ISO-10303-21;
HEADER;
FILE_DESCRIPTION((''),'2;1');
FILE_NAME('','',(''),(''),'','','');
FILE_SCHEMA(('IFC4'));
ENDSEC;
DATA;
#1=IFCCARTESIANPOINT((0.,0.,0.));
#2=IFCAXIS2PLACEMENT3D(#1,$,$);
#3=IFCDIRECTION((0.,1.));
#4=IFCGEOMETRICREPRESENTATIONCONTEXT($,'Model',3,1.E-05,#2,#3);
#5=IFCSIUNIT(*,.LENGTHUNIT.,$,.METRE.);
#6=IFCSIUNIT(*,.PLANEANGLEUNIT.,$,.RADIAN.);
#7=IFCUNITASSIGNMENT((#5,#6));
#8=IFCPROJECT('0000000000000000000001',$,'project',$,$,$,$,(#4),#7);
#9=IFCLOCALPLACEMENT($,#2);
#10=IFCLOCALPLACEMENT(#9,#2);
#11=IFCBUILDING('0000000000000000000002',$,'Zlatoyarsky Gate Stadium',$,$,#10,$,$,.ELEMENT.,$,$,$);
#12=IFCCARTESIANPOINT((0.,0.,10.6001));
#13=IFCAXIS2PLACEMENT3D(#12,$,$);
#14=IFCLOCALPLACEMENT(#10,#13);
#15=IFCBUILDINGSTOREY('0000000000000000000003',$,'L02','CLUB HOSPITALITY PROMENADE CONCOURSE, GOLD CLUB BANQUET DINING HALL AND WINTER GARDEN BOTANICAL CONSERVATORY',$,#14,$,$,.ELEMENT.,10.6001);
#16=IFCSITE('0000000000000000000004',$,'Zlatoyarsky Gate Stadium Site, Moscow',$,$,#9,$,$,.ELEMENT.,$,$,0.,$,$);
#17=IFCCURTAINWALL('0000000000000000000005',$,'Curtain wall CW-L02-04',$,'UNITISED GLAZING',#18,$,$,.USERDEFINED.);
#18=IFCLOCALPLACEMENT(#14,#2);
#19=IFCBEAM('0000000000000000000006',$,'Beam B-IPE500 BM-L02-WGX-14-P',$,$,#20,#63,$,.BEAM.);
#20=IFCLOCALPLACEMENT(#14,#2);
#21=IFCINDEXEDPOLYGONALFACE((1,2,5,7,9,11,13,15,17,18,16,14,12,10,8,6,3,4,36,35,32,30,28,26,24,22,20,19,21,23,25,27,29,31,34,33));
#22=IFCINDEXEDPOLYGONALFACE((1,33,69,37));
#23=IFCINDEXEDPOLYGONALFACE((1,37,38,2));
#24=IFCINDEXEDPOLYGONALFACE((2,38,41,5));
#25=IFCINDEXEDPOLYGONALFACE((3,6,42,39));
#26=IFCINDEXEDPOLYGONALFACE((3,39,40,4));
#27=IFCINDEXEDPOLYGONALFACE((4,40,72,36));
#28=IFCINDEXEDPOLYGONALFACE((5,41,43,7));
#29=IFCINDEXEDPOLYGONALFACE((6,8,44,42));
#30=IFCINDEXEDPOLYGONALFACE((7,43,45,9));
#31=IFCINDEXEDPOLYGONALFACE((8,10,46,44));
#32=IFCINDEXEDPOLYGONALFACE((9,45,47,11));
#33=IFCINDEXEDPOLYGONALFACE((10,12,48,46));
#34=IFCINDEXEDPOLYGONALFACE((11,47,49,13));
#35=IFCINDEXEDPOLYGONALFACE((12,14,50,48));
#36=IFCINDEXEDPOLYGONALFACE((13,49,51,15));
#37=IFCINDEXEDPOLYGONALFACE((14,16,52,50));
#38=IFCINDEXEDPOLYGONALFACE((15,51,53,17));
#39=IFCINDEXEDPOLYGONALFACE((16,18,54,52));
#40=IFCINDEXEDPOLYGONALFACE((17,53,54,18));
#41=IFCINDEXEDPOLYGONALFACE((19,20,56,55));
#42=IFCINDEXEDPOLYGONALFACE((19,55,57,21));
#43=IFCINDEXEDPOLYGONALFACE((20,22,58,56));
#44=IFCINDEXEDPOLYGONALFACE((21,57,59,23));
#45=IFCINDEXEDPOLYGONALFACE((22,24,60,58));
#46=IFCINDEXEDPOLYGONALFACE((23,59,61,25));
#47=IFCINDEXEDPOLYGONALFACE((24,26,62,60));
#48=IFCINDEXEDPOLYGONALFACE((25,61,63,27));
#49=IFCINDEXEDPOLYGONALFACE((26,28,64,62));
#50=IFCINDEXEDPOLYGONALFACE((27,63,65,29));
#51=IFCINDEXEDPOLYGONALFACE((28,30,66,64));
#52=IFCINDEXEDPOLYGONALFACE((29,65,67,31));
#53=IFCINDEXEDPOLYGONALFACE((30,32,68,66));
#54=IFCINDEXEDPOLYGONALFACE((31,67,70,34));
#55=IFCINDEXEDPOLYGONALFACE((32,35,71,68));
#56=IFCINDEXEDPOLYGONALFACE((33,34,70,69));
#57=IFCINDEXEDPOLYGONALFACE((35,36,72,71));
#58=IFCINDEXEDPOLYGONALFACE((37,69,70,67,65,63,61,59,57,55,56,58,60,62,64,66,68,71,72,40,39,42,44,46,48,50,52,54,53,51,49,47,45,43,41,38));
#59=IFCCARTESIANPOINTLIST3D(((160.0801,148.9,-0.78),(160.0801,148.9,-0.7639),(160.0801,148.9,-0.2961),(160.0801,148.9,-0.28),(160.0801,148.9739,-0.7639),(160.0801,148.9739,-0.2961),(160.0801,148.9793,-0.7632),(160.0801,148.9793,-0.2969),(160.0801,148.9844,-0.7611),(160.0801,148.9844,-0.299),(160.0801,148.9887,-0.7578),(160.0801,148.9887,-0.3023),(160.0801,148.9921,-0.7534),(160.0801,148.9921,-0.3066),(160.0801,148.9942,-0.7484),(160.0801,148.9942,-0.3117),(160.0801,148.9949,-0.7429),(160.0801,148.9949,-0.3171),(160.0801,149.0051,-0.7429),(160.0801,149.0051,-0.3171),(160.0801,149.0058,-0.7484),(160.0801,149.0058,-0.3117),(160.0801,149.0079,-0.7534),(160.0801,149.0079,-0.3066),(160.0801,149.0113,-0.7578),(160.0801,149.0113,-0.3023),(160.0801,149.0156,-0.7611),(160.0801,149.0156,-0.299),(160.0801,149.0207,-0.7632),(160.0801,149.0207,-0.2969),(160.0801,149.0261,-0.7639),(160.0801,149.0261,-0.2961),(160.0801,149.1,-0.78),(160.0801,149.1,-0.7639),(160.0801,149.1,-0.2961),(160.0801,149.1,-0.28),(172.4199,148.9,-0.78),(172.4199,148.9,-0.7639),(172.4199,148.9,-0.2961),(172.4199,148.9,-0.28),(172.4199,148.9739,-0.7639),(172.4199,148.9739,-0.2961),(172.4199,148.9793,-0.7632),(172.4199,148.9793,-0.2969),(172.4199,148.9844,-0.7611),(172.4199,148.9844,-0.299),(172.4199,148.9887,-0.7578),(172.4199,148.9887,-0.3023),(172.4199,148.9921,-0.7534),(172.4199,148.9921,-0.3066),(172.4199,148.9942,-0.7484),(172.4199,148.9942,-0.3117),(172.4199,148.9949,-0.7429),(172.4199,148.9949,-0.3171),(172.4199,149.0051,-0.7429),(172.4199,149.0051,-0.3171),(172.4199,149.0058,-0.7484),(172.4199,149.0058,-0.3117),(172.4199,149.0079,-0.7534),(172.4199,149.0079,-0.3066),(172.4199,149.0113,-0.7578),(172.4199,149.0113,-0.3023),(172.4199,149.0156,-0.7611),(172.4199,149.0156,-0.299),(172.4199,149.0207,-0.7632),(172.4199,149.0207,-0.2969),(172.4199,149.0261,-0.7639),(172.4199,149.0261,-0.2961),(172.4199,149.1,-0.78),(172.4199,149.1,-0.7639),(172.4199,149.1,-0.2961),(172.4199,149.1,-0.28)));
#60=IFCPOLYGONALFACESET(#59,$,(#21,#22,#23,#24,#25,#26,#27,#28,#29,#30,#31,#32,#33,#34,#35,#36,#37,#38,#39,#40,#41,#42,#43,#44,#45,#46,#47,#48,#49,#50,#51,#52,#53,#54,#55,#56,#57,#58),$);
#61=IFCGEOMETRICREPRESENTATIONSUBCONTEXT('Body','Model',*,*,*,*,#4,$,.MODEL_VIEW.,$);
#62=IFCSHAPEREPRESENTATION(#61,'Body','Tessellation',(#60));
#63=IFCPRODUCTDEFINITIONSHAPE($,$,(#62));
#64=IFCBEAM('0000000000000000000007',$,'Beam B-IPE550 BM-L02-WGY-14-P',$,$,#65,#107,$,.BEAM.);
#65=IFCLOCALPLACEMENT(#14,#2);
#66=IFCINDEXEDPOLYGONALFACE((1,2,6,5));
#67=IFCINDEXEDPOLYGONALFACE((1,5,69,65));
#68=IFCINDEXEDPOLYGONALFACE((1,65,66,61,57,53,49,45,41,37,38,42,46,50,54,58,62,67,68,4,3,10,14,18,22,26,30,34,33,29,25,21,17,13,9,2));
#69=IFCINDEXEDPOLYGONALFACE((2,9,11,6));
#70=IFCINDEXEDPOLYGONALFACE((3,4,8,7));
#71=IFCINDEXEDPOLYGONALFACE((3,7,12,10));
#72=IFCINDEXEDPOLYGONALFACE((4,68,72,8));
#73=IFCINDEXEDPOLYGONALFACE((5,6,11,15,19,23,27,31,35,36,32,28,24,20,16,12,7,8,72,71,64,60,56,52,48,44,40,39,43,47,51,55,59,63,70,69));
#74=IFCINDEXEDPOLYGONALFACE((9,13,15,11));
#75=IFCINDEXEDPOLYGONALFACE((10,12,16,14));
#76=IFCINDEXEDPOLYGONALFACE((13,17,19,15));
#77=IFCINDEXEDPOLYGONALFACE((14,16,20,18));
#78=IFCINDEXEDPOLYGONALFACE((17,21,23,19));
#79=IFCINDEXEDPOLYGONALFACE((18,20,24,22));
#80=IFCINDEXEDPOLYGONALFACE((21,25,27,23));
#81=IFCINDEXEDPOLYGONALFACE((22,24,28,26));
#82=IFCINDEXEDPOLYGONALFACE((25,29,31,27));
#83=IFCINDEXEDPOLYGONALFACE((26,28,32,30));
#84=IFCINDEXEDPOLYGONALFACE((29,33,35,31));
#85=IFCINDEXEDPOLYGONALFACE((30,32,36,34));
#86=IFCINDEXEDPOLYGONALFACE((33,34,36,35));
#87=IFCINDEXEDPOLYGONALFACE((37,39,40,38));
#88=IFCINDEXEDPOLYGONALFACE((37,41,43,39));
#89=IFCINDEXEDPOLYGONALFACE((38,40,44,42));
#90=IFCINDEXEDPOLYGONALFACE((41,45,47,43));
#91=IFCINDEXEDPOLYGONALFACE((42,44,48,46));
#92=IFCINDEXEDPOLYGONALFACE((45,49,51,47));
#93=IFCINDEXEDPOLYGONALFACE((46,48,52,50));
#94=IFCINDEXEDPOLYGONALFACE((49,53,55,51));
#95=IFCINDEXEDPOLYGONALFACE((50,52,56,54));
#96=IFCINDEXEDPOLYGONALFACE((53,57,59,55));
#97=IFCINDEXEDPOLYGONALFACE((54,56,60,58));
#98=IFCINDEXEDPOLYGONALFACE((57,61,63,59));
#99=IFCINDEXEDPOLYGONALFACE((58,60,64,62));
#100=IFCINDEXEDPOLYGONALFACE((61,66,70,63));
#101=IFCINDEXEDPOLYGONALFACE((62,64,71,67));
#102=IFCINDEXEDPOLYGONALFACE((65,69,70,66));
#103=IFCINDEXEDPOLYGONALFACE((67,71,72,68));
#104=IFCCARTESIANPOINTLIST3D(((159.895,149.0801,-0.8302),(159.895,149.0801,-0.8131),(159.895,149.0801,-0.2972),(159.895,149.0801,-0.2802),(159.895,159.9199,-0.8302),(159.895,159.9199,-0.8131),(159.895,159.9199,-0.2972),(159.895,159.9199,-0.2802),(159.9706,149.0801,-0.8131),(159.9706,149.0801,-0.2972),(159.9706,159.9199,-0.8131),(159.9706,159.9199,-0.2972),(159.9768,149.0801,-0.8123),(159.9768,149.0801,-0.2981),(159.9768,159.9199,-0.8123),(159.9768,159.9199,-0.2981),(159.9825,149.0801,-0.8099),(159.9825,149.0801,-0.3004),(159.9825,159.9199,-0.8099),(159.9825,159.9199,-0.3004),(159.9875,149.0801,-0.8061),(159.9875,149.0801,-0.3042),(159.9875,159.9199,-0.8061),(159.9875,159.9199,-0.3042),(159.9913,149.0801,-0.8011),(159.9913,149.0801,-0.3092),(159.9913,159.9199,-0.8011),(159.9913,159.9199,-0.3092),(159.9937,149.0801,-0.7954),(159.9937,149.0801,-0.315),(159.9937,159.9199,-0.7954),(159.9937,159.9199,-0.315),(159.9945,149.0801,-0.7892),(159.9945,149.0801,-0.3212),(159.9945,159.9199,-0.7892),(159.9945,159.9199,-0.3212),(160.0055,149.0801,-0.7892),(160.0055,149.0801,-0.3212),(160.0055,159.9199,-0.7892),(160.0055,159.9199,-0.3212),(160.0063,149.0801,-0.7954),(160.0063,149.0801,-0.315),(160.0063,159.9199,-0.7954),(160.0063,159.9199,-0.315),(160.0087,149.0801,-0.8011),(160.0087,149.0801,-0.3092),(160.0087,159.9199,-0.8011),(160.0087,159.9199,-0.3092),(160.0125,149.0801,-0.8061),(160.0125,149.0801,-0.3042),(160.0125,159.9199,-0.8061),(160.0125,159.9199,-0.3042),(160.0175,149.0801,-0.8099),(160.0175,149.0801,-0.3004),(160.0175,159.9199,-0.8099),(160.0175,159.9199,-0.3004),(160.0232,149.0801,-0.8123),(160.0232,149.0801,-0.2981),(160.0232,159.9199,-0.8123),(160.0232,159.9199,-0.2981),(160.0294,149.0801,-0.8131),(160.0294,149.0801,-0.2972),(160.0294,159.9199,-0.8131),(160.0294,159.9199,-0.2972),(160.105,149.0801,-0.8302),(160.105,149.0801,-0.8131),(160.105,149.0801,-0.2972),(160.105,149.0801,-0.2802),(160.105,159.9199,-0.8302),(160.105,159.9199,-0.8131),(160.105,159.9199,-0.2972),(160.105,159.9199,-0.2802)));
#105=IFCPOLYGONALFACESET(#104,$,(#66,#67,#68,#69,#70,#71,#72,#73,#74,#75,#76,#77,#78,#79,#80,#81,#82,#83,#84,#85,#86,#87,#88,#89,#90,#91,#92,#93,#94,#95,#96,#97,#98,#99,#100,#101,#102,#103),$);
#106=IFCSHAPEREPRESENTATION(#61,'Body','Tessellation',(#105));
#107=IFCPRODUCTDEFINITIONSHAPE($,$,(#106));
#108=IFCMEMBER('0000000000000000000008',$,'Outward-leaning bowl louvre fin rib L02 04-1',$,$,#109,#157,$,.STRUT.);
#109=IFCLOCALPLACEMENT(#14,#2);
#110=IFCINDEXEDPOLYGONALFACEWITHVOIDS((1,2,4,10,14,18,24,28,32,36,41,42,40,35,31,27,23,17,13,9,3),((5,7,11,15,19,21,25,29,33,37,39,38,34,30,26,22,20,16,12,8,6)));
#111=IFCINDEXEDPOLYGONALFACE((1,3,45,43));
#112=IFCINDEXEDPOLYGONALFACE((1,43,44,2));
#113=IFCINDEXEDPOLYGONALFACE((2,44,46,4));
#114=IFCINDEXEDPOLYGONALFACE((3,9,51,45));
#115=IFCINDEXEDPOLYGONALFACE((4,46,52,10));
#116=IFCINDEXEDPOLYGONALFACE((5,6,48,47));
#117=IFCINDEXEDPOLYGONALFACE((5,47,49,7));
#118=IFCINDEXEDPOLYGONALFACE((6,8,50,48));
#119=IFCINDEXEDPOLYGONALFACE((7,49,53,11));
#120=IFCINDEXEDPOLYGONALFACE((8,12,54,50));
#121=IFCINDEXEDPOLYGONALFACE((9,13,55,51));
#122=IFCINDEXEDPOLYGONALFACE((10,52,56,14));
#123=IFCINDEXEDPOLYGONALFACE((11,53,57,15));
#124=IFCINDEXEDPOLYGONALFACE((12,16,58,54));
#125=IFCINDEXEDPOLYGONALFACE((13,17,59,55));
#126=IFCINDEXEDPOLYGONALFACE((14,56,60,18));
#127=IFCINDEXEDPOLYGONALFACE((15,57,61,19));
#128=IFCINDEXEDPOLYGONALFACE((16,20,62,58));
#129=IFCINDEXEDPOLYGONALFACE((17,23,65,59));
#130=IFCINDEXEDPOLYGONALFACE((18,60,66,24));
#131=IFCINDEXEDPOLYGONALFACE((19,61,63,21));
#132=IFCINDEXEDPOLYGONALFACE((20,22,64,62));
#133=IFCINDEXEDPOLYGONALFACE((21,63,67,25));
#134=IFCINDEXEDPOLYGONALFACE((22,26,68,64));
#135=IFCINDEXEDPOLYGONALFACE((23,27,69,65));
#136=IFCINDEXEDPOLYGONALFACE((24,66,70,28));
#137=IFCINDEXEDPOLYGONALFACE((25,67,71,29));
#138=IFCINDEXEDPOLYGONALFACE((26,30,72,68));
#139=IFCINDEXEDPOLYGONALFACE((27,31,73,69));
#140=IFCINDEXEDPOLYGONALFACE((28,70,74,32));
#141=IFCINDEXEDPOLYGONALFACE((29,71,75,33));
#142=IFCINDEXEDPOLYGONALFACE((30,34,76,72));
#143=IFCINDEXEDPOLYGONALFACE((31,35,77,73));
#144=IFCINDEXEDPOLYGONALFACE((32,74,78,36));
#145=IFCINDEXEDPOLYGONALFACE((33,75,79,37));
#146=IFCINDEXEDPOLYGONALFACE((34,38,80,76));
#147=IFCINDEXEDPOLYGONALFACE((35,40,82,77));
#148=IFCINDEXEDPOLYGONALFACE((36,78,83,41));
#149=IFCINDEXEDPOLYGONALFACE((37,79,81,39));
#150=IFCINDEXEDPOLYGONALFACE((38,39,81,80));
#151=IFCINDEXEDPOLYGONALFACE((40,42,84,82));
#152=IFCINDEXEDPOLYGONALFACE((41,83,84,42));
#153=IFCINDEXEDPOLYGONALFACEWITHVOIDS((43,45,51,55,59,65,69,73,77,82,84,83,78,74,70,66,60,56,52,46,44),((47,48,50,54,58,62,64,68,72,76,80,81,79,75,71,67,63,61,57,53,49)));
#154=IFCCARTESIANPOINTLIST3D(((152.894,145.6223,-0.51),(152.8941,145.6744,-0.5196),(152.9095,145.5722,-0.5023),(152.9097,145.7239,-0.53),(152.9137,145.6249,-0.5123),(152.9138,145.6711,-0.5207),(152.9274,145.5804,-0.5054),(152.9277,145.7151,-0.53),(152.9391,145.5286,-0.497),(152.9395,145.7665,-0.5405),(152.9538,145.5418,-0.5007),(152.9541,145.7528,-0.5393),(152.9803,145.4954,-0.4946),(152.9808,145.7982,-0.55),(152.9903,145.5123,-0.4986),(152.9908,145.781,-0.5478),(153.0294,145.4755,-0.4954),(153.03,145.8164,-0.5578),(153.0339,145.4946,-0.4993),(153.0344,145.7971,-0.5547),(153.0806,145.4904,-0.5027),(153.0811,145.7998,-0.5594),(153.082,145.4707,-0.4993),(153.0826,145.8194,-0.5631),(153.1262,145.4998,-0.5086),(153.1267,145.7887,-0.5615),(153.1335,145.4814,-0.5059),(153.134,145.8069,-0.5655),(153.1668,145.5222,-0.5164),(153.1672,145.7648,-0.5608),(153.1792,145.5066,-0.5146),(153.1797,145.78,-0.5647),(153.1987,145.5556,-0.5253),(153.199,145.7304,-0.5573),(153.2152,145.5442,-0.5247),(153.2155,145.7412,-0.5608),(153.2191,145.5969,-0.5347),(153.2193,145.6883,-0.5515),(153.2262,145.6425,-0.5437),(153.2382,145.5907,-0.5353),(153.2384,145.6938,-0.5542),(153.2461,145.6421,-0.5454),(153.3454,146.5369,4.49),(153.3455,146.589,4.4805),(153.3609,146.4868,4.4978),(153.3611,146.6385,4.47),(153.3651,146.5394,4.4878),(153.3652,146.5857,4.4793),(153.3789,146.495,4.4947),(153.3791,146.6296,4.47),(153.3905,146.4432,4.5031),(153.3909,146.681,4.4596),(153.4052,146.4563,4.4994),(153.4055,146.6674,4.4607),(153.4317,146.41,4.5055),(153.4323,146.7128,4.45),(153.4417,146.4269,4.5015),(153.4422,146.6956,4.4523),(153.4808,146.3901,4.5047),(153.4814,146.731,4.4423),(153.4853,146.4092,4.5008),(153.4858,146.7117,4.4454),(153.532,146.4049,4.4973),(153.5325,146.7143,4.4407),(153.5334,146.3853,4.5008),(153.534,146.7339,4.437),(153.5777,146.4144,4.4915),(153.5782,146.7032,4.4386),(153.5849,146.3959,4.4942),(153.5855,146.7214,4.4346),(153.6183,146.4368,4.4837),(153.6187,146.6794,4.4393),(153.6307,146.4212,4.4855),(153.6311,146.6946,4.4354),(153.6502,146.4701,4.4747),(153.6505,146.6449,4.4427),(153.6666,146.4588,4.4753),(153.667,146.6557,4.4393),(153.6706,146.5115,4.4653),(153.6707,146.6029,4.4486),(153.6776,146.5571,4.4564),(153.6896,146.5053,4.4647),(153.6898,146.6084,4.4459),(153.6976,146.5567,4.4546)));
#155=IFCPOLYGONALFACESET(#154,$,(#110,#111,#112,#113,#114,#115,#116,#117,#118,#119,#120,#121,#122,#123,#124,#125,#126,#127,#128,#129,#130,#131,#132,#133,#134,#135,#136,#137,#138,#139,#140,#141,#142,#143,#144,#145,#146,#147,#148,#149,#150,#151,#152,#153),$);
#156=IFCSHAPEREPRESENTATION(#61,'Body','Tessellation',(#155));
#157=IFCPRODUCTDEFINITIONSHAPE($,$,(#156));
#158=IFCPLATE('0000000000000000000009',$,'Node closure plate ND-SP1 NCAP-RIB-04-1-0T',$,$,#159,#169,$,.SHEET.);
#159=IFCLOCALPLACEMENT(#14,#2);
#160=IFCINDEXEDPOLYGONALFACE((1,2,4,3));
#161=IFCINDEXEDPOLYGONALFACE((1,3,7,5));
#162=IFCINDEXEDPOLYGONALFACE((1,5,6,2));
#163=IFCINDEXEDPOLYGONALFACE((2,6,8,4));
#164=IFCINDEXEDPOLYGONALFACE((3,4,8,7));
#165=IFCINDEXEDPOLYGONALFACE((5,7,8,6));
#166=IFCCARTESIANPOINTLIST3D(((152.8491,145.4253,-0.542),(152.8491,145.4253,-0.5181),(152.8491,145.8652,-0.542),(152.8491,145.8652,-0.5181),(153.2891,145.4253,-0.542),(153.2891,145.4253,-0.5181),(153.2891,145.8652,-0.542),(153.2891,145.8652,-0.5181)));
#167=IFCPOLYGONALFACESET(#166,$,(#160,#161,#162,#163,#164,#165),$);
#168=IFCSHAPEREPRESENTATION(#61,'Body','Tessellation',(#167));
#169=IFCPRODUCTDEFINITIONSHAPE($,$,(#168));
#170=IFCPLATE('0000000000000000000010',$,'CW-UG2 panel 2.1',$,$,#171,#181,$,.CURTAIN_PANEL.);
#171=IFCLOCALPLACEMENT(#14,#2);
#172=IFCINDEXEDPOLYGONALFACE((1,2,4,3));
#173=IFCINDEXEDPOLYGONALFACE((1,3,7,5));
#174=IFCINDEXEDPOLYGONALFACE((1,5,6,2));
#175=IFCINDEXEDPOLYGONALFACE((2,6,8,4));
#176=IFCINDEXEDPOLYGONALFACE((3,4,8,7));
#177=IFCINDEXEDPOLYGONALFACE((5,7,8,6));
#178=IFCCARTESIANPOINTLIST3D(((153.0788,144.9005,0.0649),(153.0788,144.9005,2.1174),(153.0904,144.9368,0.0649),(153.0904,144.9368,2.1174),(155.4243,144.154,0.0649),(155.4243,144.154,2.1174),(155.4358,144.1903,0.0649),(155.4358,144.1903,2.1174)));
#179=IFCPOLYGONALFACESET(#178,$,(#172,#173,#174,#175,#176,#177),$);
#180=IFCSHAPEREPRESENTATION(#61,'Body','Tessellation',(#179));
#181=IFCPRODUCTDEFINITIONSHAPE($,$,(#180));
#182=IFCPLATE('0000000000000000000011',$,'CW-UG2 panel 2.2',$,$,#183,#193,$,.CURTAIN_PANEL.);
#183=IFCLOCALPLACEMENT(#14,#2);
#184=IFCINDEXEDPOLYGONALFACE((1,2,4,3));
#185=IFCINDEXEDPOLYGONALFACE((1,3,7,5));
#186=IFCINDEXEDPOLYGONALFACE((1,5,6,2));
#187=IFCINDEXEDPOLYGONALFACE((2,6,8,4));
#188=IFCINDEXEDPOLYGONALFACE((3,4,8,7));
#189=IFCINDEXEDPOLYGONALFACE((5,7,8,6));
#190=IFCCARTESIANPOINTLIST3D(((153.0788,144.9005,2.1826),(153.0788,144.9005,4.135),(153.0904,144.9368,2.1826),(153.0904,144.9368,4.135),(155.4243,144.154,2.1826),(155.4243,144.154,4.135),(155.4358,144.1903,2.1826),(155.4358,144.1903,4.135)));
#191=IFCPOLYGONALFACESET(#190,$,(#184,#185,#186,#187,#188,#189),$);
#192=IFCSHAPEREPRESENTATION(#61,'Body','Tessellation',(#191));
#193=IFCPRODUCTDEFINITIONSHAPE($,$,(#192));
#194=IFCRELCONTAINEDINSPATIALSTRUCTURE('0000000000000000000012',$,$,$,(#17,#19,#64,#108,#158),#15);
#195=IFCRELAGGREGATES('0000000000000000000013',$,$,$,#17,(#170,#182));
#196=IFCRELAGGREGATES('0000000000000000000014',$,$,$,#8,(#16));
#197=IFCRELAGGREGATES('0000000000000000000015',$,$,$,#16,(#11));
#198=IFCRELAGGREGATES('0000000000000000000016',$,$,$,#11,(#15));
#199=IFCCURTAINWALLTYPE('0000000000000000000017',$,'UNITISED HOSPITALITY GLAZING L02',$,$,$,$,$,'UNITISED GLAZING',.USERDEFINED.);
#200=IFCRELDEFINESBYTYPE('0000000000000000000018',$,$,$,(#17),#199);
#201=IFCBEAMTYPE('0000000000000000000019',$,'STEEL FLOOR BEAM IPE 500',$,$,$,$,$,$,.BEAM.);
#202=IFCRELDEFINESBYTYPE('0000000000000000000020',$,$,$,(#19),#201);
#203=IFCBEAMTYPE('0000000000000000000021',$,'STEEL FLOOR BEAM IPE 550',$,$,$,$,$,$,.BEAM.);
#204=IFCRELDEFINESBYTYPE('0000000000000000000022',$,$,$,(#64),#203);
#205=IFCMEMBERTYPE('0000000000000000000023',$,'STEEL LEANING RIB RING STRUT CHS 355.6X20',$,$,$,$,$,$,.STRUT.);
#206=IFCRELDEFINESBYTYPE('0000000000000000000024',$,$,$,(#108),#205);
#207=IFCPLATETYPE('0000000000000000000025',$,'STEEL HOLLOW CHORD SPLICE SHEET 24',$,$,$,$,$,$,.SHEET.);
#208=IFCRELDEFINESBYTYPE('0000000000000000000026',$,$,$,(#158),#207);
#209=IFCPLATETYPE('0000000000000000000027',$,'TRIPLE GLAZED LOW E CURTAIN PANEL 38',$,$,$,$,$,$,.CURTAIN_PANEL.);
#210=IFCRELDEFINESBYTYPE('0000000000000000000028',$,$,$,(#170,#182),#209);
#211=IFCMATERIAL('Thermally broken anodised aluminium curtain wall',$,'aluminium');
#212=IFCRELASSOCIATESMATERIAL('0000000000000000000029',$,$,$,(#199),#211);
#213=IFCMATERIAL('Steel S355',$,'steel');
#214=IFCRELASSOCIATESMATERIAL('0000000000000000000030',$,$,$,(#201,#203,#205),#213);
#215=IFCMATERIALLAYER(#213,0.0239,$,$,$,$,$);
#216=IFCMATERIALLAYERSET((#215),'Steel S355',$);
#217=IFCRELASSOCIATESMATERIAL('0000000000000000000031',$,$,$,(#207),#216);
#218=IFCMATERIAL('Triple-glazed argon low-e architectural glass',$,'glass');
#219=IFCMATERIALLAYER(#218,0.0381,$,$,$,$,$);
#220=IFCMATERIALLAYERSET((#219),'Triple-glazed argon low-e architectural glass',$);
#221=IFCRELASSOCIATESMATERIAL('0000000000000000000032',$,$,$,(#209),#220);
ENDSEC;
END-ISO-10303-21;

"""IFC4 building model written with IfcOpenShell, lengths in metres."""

from ifc_helpers import new_model, si_unit, direction, frame, origin, origin_2d, place, context, subcontext, project, spatial, rectangle, hollow_circle, i_section, extrude, material, layer, layer_set, material_profile, profile_set, type_object, element, aggregate, save


model = new_model("IFC4")

# Units and contexts
model_context = context("Model", 3, precision=1e-05, world=origin(), true_north=direction((0.0, 1.0)))
body_context = subcontext(model_context, "Body", "Model", "MODEL_VIEW")
ifc_project = project(units=[si_unit("LENGTHUNIT", "METRE"), si_unit("PLANEANGLEUNIT", "RADIAN")], contexts=[model_context])

# Site, building, storey
site_placement = place(None, origin())
site = spatial("IfcSite", under=ifc_project, at=site_placement, Name="Zlatoyarsky Gate Stadium Site, Moscow", CompositionType="ELEMENT", RefElevation=0.0)
building_placement = place(site_placement, origin())
building = spatial("IfcBuilding", under=site, at=building_placement, Name="Zlatoyarsky Gate Stadium", CompositionType="ELEMENT")
storey_placement = place(building_placement, frame((0.0, 0.0, 10.6001)))
storey = spatial("IfcBuildingStorey", under=building, at=storey_placement, Name="L02", Description="CLUB HOSPITALITY PROMENADE CONCOURSE, GOLD CLUB BANQUET DINING HALL AND WINTER GARDEN BOTANICAL CONSERVATORY", CompositionType="ELEMENT", Elevation=10.6001)

# Shared definitions
ifc_material_1 = material(Name="Steel S355", Category="steel")

# Curtain wall
ifc_material_2 = material(Name="Thermally broken anodised aluminium curtain wall", Category="aluminium")
curtain_wall_type = type_object("IfcCurtainWallType", Name="UNITISED HOSPITALITY GLAZING L02", ElementType="UNITISED GLAZING", PredefinedType="USERDEFINED", material=ifc_material_2)
curtain_wall_placement = place(storey_placement, origin())
curtain_wall = element("IfcCurtainWall", 1, at=curtain_wall_placement, inside=storey, type_object=curtain_wall_type, Name="Curtain wall CW-L02-04", ObjectType="UNITISED GLAZING", PredefinedType="USERDEFINED")

# Beams
ifc_material_profile_1 = material_profile(ifc_material_1, i_section(OverallWidth=0.2, OverallDepth=0.5, WebThickness=0.0103, FlangeThickness=0.0161, FilletRadius=0.021, at=origin_2d()), Name="IPE 500")
ifc_profile_set_1 = profile_set([ifc_material_profile_1], Name="Steel S355")
beam_type_1 = type_object("IfcBeamType", Name="STEEL FLOOR BEAM IPE 500", PredefinedType="BEAM", material=ifc_profile_set_1)
beam_1_placement = place(storey_placement, frame((160.0801, 149.0, -0.53), z_axis=(1.0, 0.0, 0.0), x_axis=(0.0, 1.0, 0.0)))
element("IfcBeam", 2, at=beam_1_placement, inside=storey, type_object=beam_type_1, Name="Beam B-IPE500 BM-L02-WGX-14-P", PredefinedType="BEAM", context=body_context, shape_type="SweptSolid", body=[
    extrude(i_section(OverallWidth=0.2, OverallDepth=0.5, WebThickness=0.0103, FlangeThickness=0.0161, FilletRadius=0.021, at=origin_2d()), origin(), (0.0, 0.0, 1.0), 12.3398),
])
ifc_material_profile_2 = material_profile(ifc_material_1, i_section(OverallWidth=0.21, OverallDepth=0.55, WebThickness=0.011, FlangeThickness=0.0171, FilletRadius=0.0239, at=origin_2d()), Name="IPE 550")
ifc_profile_set_2 = profile_set([ifc_material_profile_2], Name="Steel S355")
beam_type_2 = type_object("IfcBeamType", Name="STEEL FLOOR BEAM IPE 550", PredefinedType="BEAM", material=ifc_profile_set_2)
beam_2_placement = place(storey_placement, frame((160.0, 149.0801, -0.5552), z_axis=(0.0, 1.0, 0.0), x_axis=(-1.0, 0.0, 0.0)))
element("IfcBeam", 3, at=beam_2_placement, inside=storey, type_object=beam_type_2, Name="Beam B-IPE550 BM-L02-WGY-14-P", PredefinedType="BEAM", context=body_context, shape_type="SweptSolid", body=[
    extrude(i_section(OverallWidth=0.21, OverallDepth=0.55, WebThickness=0.011, FlangeThickness=0.0171, FilletRadius=0.0239, at=origin_2d()), origin(), (0.0, 0.0, 1.0), 10.8398),
])

# Member
ifc_material_profile_3 = material_profile(ifc_material_1, hollow_circle(Radius=0.1777, WallThickness=0.02, at=origin_2d()), Name="CHS 355.6X20")
ifc_profile_set_3 = profile_set([ifc_material_profile_3], Name="Steel S355")
member_type_1 = type_object("IfcMemberType", Name="STEEL LEANING RIB RING STRUT CHS 355.6X20", PredefinedType="STRUT", material=ifc_profile_set_3)
member_1_placement = place(storey_placement, frame((153.0691, 145.6453, -0.53), z_axis=(0.088462, 0.17922, 0.979824), x_axis=(-0.896713, 0.442612, 0.0)))
element("IfcMember", 4, at=member_1_placement, inside=storey, type_object=member_type_1, Name="Outward-leaning bowl louvre fin rib L02 04-1", PredefinedType="STRUT", context=body_context, shape_type="SweptSolid", body=[
    extrude(hollow_circle(Radius=0.1777, WallThickness=0.02, at=origin_2d()), origin(), (0.0, 0.0, 1.0), 5.103),
])

# Plates
ifc_layer_1 = layer(ifc_material_1, 0.0239)
ifc_layer_set_1 = layer_set([ifc_layer_1], Name="Steel S355")
plate_type_1 = type_object("IfcPlateType", Name="STEEL HOLLOW CHORD SPLICE SHEET 24", PredefinedType="SHEET", material=ifc_layer_set_1)
plate_1_placement = place(storey_placement, frame((153.0691, 145.6453, -0.542), z_axis=(0.0, 0.0, 1.0), x_axis=(1.0, 0.0, 0.0)))
element("IfcPlate", 5, at=plate_1_placement, inside=storey, type_object=plate_type_1, Name="Node closure plate ND-SP1 NCAP-RIB-04-1-0T", PredefinedType="SHEET", context=body_context, shape_type="SweptSolid", body=[
    extrude(rectangle(XDim=0.4399, YDim=0.4399, at=origin_2d()), origin(), (0.0, 0.0, 1.0), 0.0239),
])
ifc_material_3 = material(Name="Triple-glazed argon low-e architectural glass", Category="glass")
ifc_layer_2 = layer(ifc_material_3, 0.0381)
ifc_layer_set_2 = layer_set([ifc_layer_2], Name="Triple-glazed argon low-e architectural glass")
plate_type_2 = type_object("IfcPlateType", Name="TRIPLE GLAZED LOW E CURTAIN PANEL 38", PredefinedType="CURTAIN_PANEL", material=ifc_layer_set_2)
plate_2_placement = place(storey_placement, frame((154.2573, 144.5454, 0.0649), z_axis=(0.0, 0.0, 1.0), x_axis=(-0.952902, 0.303278, 0.0)))
plate_2 = element("IfcPlate", 6, at=plate_2_placement, type_object=plate_type_2, Name="CW-UG2 panel 2.1", PredefinedType="CURTAIN_PANEL", context=body_context, shape_type="SweptSolid", body=[
    extrude(rectangle(XDim=2.4614, YDim=0.0381, at=origin_2d()), origin(), (0.0, 0.0, 1.0), 2.0525),
])
plate_3_placement = place(storey_placement, frame((154.2573, 144.5454, 2.1826), z_axis=(0.0, 0.0, 1.0), x_axis=(-0.952902, 0.303278, 0.0)))
plate_3 = element("IfcPlate", 7, at=plate_3_placement, type_object=plate_type_2, Name="CW-UG2 panel 2.2", PredefinedType="CURTAIN_PANEL", context=body_context, shape_type="SweptSolid", body=[
    extrude(rectangle(XDim=2.4614, YDim=0.0381, at=origin_2d()), origin(), (0.0, 0.0, 1.0), 1.9524),
])
aggregate(curtain_wall, [plate_2, plate_3])

save(model, "model.ifc")
